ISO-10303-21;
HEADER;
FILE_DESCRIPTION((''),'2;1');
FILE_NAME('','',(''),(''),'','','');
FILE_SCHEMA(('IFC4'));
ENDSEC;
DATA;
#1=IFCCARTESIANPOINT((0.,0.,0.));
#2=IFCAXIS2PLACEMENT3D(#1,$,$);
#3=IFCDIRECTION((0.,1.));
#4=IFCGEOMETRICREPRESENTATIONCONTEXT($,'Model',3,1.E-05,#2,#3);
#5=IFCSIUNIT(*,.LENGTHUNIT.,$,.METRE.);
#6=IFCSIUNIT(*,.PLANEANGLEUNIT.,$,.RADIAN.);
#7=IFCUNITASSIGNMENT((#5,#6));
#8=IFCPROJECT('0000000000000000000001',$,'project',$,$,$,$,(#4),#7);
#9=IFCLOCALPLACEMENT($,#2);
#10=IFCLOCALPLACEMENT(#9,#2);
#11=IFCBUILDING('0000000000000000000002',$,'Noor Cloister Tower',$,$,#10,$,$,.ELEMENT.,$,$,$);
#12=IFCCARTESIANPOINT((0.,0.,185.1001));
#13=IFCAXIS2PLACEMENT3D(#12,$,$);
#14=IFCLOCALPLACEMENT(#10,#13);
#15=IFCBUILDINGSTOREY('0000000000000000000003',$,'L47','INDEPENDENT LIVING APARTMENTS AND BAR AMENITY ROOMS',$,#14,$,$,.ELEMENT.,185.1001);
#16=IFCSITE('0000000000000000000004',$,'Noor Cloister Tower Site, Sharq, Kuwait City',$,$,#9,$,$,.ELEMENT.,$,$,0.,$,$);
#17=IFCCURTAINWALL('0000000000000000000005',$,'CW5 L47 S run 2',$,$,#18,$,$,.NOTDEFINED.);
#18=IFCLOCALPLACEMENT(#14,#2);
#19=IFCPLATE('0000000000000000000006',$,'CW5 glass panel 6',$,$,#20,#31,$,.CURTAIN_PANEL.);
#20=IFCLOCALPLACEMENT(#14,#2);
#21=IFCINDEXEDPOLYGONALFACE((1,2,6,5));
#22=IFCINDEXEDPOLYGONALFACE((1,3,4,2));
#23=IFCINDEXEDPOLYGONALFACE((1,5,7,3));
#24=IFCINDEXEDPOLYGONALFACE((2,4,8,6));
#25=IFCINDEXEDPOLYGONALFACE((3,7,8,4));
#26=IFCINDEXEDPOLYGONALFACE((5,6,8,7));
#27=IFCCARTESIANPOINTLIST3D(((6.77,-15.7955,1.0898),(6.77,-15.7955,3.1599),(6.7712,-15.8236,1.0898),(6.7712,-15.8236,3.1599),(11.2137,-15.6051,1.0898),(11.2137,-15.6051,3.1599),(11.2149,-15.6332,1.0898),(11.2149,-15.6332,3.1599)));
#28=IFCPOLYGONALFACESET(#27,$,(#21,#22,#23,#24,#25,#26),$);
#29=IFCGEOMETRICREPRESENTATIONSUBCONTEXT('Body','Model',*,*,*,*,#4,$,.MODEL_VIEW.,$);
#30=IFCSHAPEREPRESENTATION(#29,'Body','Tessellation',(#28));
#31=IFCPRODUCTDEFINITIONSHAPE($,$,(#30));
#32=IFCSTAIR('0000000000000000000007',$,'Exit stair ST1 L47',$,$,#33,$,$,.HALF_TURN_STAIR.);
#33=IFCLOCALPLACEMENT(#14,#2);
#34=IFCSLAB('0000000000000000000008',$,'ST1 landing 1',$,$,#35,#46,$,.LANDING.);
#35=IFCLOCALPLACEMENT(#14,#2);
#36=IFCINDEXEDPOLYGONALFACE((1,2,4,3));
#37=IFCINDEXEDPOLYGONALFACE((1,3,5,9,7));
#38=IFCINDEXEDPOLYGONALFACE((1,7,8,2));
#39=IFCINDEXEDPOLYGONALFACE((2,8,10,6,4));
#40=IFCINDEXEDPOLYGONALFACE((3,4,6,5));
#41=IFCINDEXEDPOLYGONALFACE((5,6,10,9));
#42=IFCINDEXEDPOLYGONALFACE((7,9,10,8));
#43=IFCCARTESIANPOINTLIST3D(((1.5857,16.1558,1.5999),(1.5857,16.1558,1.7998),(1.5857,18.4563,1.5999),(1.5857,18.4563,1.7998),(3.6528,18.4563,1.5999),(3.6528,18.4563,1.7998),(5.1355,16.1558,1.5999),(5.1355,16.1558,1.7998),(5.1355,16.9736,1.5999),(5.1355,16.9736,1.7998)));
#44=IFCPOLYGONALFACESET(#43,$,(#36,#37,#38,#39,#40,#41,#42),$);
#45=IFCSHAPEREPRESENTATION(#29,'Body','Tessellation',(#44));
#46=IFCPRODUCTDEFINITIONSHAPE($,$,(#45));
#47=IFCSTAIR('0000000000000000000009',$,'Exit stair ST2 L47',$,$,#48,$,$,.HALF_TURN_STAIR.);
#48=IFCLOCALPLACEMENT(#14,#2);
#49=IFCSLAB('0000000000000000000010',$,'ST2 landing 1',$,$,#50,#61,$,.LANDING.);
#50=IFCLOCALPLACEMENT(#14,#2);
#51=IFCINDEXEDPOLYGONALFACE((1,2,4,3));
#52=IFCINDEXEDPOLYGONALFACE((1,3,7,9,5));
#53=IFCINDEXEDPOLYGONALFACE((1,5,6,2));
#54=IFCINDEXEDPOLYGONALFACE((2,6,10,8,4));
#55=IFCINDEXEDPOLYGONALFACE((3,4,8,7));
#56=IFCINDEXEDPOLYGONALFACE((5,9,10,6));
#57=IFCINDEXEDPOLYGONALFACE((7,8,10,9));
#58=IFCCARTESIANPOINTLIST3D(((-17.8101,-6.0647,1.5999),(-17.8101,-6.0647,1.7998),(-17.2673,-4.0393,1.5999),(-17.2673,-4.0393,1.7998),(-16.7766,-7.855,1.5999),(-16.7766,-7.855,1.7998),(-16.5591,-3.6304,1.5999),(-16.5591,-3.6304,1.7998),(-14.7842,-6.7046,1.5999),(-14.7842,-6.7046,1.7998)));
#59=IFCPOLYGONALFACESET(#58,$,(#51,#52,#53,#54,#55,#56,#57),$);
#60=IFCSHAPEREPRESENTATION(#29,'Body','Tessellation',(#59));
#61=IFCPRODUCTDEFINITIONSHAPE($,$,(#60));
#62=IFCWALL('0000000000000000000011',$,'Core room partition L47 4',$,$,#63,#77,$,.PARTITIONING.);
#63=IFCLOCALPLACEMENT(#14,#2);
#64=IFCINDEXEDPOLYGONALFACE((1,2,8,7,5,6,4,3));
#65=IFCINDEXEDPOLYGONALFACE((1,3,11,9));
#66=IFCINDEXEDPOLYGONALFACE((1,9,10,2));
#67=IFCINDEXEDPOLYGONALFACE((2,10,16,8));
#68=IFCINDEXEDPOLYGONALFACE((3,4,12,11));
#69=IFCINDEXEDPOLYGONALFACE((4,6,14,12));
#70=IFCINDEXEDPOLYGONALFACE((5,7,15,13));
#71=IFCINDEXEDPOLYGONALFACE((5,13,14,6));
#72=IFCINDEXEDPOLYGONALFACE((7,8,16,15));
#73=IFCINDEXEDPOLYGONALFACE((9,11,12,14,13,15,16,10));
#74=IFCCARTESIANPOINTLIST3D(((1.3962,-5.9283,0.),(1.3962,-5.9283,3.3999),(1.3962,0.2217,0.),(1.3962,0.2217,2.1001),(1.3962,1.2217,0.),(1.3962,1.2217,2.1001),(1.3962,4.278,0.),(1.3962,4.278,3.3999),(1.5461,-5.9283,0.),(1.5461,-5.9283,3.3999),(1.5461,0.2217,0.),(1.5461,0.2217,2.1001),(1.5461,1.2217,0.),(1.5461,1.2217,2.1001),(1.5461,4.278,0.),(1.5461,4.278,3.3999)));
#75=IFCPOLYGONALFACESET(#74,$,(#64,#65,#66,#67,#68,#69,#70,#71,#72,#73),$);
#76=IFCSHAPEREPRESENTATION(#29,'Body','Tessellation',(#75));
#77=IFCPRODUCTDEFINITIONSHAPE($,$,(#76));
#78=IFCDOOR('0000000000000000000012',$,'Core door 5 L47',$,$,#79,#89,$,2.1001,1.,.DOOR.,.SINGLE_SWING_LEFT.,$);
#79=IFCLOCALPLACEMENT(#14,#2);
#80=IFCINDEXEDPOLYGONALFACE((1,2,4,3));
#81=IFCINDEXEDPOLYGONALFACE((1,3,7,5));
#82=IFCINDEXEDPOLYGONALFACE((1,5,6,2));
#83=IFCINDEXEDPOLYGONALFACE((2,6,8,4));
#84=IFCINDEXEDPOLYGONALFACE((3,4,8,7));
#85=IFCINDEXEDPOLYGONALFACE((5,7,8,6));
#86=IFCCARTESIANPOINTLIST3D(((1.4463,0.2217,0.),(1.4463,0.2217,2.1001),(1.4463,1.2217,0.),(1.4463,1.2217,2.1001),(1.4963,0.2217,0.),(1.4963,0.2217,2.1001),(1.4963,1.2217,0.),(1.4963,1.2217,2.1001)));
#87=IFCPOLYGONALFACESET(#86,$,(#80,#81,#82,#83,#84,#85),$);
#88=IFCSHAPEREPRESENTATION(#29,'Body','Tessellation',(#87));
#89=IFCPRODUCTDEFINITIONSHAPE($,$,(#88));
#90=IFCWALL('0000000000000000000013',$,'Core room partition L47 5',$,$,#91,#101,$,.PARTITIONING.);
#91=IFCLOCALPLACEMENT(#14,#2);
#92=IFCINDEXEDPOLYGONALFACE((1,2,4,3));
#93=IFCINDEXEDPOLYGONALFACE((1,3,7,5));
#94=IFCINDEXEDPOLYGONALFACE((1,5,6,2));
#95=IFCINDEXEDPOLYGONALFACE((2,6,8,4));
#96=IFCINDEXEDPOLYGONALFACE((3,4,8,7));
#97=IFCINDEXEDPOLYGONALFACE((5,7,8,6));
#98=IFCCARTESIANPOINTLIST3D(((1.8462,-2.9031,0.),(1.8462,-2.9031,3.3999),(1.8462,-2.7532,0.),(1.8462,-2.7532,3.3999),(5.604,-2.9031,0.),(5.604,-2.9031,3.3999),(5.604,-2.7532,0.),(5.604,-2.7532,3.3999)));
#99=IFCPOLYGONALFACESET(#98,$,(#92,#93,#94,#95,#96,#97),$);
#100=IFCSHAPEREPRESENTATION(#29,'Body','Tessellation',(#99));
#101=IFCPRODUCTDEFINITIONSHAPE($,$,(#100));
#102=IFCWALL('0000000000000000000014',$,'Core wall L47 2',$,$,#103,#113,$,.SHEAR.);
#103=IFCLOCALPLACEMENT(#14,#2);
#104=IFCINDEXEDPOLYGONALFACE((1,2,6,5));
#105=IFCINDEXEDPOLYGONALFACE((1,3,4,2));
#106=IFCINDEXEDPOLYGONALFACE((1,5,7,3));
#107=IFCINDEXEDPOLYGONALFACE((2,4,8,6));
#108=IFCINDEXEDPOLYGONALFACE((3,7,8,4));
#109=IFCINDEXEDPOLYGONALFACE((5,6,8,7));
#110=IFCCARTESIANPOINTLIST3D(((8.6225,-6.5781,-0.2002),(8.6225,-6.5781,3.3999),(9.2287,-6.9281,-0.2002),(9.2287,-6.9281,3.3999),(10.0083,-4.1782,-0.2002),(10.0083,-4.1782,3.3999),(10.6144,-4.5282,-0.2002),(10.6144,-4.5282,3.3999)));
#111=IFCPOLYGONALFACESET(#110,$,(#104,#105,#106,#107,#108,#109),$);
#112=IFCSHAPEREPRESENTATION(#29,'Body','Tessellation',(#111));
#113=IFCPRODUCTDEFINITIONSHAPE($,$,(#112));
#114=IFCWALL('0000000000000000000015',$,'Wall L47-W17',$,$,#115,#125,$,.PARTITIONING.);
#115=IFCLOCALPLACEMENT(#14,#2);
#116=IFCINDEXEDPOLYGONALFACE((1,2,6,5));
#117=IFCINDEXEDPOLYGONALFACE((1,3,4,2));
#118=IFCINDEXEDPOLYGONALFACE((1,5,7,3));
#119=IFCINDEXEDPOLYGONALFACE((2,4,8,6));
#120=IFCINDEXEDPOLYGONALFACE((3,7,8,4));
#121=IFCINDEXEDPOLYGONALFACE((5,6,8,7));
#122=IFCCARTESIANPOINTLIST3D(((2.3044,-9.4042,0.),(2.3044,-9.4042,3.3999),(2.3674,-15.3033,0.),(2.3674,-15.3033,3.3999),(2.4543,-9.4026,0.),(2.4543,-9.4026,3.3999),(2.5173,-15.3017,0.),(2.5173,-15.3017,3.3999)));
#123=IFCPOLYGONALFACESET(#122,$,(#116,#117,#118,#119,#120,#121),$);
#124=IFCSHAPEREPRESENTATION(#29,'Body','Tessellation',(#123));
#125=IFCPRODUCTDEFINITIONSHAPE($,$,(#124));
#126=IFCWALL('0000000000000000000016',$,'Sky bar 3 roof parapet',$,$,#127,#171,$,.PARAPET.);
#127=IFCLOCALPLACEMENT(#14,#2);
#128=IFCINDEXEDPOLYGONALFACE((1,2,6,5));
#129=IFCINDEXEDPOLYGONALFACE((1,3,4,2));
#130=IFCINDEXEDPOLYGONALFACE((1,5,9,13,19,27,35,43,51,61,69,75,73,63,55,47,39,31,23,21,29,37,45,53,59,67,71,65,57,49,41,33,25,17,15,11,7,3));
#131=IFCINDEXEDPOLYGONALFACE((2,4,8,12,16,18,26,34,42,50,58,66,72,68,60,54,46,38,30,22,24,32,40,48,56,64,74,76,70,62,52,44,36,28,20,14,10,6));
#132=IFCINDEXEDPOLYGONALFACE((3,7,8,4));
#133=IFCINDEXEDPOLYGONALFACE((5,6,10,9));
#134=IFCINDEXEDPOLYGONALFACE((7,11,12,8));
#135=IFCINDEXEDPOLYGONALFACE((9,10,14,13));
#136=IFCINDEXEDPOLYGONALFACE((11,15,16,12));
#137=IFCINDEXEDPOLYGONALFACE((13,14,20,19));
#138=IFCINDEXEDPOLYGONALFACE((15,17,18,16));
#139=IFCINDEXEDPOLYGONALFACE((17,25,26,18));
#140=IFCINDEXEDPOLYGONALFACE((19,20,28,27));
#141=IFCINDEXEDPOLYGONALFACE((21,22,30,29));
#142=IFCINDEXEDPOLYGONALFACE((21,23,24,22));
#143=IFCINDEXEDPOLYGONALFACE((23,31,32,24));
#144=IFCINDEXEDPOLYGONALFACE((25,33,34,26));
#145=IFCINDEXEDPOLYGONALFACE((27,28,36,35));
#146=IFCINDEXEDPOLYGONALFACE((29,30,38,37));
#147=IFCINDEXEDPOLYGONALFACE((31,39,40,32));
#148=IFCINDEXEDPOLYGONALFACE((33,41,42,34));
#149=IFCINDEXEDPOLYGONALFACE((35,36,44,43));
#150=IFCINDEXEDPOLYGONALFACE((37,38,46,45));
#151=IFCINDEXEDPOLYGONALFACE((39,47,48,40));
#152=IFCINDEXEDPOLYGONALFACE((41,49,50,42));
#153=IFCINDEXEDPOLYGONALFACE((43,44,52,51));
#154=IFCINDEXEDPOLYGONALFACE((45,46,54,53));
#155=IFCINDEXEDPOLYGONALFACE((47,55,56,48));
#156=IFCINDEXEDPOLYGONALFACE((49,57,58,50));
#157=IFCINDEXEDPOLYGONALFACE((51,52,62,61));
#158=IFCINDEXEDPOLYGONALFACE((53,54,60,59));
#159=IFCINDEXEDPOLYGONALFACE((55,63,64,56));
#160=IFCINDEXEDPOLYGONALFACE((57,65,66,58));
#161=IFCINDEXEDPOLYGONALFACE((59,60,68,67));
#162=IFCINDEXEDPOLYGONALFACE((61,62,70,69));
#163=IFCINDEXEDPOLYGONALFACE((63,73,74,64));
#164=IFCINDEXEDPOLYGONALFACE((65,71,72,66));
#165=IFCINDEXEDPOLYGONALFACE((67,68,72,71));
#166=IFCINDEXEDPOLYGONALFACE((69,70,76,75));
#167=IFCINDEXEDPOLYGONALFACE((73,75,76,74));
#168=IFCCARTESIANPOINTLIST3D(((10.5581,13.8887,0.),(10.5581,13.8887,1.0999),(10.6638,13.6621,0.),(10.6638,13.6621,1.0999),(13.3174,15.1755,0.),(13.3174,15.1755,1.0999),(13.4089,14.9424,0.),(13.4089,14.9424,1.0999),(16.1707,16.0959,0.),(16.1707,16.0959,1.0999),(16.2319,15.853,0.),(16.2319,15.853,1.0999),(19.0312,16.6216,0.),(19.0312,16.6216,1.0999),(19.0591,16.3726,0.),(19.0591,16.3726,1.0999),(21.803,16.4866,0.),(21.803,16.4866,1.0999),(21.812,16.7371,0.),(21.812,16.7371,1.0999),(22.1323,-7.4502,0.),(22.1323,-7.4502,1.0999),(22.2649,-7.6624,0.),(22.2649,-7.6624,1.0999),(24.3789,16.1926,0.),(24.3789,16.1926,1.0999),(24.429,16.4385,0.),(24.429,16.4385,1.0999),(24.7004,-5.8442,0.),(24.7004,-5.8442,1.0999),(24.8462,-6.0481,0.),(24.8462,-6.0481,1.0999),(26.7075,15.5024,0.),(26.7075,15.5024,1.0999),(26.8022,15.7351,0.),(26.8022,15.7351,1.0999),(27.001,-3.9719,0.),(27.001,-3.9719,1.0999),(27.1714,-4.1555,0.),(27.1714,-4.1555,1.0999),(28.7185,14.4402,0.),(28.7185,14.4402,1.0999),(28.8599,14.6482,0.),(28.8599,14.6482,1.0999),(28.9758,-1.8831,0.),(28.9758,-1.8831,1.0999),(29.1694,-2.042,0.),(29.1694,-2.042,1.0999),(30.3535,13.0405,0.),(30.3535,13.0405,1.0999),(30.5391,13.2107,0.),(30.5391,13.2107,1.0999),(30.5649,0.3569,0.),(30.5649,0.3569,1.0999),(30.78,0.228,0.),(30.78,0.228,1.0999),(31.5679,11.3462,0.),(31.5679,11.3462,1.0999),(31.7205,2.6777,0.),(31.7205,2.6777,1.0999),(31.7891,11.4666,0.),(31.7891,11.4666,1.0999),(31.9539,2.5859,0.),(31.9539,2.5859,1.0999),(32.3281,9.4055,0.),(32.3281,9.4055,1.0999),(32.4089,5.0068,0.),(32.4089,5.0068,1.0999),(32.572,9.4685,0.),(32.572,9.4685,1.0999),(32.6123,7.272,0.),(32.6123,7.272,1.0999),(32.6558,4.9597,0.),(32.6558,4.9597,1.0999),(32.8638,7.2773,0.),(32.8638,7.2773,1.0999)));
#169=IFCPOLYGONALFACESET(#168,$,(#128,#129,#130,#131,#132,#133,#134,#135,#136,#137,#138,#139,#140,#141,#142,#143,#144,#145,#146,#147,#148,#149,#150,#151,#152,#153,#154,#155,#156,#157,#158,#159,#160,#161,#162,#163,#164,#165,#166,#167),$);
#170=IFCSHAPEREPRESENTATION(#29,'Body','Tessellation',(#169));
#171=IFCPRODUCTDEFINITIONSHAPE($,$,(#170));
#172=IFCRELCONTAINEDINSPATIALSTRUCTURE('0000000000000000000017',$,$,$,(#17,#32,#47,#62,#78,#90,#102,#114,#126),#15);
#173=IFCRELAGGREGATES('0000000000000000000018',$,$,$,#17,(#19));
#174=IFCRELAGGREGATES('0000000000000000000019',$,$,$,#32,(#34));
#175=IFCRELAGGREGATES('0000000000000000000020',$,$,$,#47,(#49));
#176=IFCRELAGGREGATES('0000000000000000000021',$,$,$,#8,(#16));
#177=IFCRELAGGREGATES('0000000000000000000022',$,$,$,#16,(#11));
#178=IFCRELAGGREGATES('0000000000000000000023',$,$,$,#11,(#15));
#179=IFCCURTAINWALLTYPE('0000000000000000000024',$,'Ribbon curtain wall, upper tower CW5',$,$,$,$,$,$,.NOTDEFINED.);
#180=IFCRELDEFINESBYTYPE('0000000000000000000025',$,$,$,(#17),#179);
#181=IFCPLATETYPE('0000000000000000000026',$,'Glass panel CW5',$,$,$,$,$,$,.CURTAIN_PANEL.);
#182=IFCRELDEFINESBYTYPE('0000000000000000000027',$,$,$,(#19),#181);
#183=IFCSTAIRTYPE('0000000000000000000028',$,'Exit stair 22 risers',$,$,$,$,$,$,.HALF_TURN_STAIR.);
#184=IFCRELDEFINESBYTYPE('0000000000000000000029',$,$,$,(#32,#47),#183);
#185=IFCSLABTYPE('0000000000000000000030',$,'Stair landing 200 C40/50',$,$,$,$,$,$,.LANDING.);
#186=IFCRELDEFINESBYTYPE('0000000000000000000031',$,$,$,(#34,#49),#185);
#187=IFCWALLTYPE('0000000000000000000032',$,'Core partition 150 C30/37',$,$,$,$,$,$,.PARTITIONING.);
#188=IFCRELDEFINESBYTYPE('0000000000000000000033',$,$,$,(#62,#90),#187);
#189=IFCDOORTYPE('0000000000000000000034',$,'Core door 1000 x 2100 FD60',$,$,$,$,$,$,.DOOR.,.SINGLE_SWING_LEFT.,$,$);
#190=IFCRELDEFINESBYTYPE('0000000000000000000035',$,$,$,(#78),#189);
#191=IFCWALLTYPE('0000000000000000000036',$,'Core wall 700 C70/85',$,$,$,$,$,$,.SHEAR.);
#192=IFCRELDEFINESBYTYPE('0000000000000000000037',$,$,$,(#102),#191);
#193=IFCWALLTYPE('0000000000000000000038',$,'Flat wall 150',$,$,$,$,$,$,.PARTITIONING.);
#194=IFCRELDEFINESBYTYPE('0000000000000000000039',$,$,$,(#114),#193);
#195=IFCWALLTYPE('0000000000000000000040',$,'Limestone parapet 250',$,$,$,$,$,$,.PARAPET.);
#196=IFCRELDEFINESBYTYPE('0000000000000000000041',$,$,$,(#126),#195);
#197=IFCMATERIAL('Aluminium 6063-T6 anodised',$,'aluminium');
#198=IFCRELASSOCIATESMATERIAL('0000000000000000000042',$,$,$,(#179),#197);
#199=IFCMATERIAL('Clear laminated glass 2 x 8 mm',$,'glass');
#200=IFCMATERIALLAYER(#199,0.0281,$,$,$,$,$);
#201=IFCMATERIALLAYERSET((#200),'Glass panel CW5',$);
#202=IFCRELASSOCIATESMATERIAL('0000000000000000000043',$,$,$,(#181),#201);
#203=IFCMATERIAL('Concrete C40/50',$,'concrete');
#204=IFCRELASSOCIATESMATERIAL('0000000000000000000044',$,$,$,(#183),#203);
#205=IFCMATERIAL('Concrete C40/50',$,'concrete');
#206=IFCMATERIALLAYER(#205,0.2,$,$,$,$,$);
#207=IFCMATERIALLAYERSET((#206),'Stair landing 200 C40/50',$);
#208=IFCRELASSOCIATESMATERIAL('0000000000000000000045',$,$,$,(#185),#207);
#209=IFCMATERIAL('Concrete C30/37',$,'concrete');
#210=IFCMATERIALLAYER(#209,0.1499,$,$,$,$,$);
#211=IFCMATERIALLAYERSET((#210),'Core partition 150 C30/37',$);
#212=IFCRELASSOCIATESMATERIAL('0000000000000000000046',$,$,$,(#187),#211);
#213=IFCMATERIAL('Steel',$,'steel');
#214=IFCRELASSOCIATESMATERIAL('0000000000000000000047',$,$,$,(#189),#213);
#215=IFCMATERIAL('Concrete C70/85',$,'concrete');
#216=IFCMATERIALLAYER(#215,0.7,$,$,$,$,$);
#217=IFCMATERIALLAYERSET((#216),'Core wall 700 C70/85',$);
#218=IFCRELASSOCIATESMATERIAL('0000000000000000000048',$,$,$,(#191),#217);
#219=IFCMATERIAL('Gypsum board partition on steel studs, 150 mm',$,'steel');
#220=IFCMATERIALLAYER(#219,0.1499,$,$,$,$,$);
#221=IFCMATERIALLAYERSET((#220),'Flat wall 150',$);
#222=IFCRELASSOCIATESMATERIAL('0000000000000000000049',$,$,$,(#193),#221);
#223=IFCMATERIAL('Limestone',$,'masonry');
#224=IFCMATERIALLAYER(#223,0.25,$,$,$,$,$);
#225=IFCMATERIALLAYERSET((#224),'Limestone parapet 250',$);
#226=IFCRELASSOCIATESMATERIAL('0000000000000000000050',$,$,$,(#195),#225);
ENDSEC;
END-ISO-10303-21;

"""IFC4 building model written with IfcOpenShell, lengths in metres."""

from ifc_helpers import new_model, si_unit, direction, frame, frame_2d, origin, origin_2d, place, context, subcontext, project, spatial, polyline, rectangle, outline, extrude, material, layer, layer_set, type_object, element, fill, aggregate, save


model = new_model("IFC4")

# Units and contexts
model_context = context("Model", 3, precision=1e-05, world=origin(), true_north=direction((0.0, 1.0)))
body_context = subcontext(model_context, "Body", "Model", "MODEL_VIEW")
ifc_project = project(units=[si_unit("LENGTHUNIT", "METRE"), si_unit("PLANEANGLEUNIT", "RADIAN")], contexts=[model_context])

# Site, building, storey
site_placement = place(None, origin())
site = spatial("IfcSite", under=ifc_project, at=site_placement, Name="Noor Cloister Tower Site, Sharq, Kuwait City", CompositionType="ELEMENT", RefElevation=0.0)
building_placement = place(site_placement, origin())
building = spatial("IfcBuilding", under=site, at=building_placement, Name="Noor Cloister Tower", CompositionType="ELEMENT")
storey_placement = place(building_placement, frame((0.0, 0.0, 185.1001)))
storey = spatial("IfcBuildingStorey", under=building, at=storey_placement, Name="L47", Description="INDEPENDENT LIVING APARTMENTS AND BAR AMENITY ROOMS", CompositionType="ELEMENT", Elevation=185.1001)

# Curtain wall
ifc_material_1 = material(Name="Aluminium 6063-T6 anodised", Category="aluminium")
curtain_wall_type = type_object("IfcCurtainWallType", Name="Ribbon curtain wall, upper tower CW5", PredefinedType="NOTDEFINED", material=ifc_material_1)
curtain_wall_placement = place(storey_placement, origin())
curtain_wall = element("IfcCurtainWall", 1, at=curtain_wall_placement, inside=storey, type_object=curtain_wall_type, Name="CW5 L47 S run 2", PredefinedType="NOTDEFINED")

# Plate
ifc_material_2 = material(Name="Clear laminated glass 2 x 8 mm", Category="glass")
ifc_layer_1 = layer(ifc_material_2, 0.0281)
ifc_layer_set_1 = layer_set([ifc_layer_1], Name="Glass panel CW5")
plate_type = type_object("IfcPlateType", Name="Glass panel CW5", PredefinedType="CURTAIN_PANEL", material=ifc_layer_set_1)
plate_1_placement = place(storey_placement, frame((8.9924, -15.7144, 1.0898), z_axis=(0.0, 0.0, 1.0), x_axis=(0.999084, 0.042803, 0.0)))
plate_1 = element("IfcPlate", 2, at=plate_1_placement, type_object=plate_type, Name="CW5 glass panel 6", PredefinedType="CURTAIN_PANEL", context=body_context, shape_type="SweptSolid", body=[
    extrude(rectangle(XDim=4.4478, YDim=0.0281, at=origin_2d()), origin(), (0.0, 0.0, 1.0), 2.0701),
])
aggregate(curtain_wall, [plate_1])

# Stairs, slabs
ifc_material_3 = material(Name="Concrete C40/50", Category="concrete")
stair_type = type_object("IfcStairType", Name="Exit stair 22 risers", PredefinedType="HALF_TURN_STAIR", material=ifc_material_3)
stair_1_placement = place(storey_placement, origin())
stair_1 = element("IfcStair", 3, at=stair_1_placement, inside=storey, type_object=stair_type, Name="Exit stair ST1 L47", PredefinedType="HALF_TURN_STAIR")
ifc_material_4 = material(Name="Concrete C40/50", Category="concrete")
ifc_layer_2 = layer(ifc_material_4, 0.2)
ifc_layer_set_2 = layer_set([ifc_layer_2], Name="Stair landing 200 C40/50")
slab_type_1 = type_object("IfcSlabType", Name="Stair landing 200 C40/50", PredefinedType="LANDING", material=ifc_layer_set_2)
slab_1_placement = place(storey_placement, frame((0.0, 0.0, 1.5999)))
slab_1 = element("IfcSlab", 4, at=slab_1_placement, type_object=slab_type_1, Name="ST1 landing 1", PredefinedType="LANDING", context=body_context, shape_type="SweptSolid", body=[
    extrude(outline(polyline([(5.1355, 16.1558), (5.1355, 16.9736), (3.6528, 18.4563), (1.5857, 18.4563), (1.5857, 16.1558), (5.1355, 16.1558)])), origin(), (0.0, 0.0, 1.0), 0.2),
])
aggregate(stair_1, [slab_1])
stair_2_placement = place(storey_placement, origin())
stair_2 = element("IfcStair", 5, at=stair_2_placement, inside=storey, type_object=stair_type, Name="Exit stair ST2 L47", PredefinedType="HALF_TURN_STAIR")
slab_2_placement = place(storey_placement, frame((0.0, 0.0, 1.5999)))
slab_2 = element("IfcSlab", 6, at=slab_2_placement, type_object=slab_type_1, Name="ST2 landing 1", PredefinedType="LANDING", context=body_context, shape_type="SweptSolid", body=[
    extrude(outline(polyline([(-16.5591, -3.6304), (-17.2673, -4.0393), (-17.8101, -6.0647), (-16.7766, -7.855), (-14.7842, -6.7046), (-16.5591, -3.6304)])), origin(), (0.0, 0.0, 1.0), 0.2),
])
aggregate(stair_2, [slab_2])

# Wall, opening, door
ifc_material_5 = material(Name="Concrete C30/37", Category="concrete")
ifc_layer_3 = layer(ifc_material_5, 0.1499)
ifc_layer_set_3 = layer_set([ifc_layer_3], Name="Core partition 150 C30/37")
wall_type_1 = type_object("IfcWallType", Name="Core partition 150 C30/37", PredefinedType="PARTITIONING", material=ifc_layer_set_3)
wall_1_placement = place(storey_placement, frame((1.4712, -5.9282, 0.0), z_axis=(0.0, 0.0, 1.0), x_axis=(0.0, 1.0, 0.0)))
wall_1 = element("IfcWall", 7, at=wall_1_placement, inside=storey, type_object=wall_type_1, Name="Core room partition L47 4", PredefinedType="PARTITIONING", context=body_context, shape_type="SweptSolid", body=[
    extrude(rectangle(XDim=10.2063, YDim=0.1499, at=frame_2d((5.103, 0.0))), origin(), (0.0, 0.0, 1.0), 3.3999),
])
opening_1_placement = place(wall_1_placement, frame((6.1499, 0.0, 0.0)))
opening_1 = element("IfcOpeningElement", 8, at=opening_1_placement, cuts=wall_1, PredefinedType="OPENING", context=body_context, shape_type="SweptSolid", body=[
    extrude(rectangle(XDim=1.0, YDim=2.1001, at=frame_2d((0.5, 1.05))), frame((0.0, 0.085, 0.0), z_axis=(0.0, -1.0, 0.0), x_axis=(1.0, 0.0, 0.0)), (0.0, 0.0, 1.0), 0.1699),
])
ifc_material_6 = material(Name="Steel", Category="steel")
door_type_1 = type_object("IfcDoorType", Name="Core door 1000 x 2100 FD60", OperationType="SINGLE_SWING_LEFT", PredefinedType="DOOR", material=ifc_material_6)
door_1_placement = place(opening_1_placement, origin())
door_1 = element("IfcDoor", 9, at=door_1_placement, inside=storey, type_object=door_type_1, Name="Core door 5 L47", OperationType="SINGLE_SWING_LEFT", OverallHeight=2.1001, OverallWidth=1.0, PredefinedType="DOOR", context=body_context, shape_type="SweptSolid", body=[
    extrude(rectangle(XDim=1.0, YDim=2.1001, at=frame_2d((0.5, 1.05))), frame((0.0, 0.0249, 0.0), z_axis=(0.0, -1.0, 0.0), x_axis=(1.0, 0.0, 0.0)), (0.0, 0.0, 1.0), 0.05),
])
fill(opening_1, door_1)

# Walls
wall_2_placement = place(storey_placement, frame((1.8462, -2.8281, 0.0), z_axis=(0.0, 0.0, 1.0), x_axis=(1.0, 0.0, 0.0)))
element("IfcWall", 10, at=wall_2_placement, inside=storey, type_object=wall_type_1, Name="Core room partition L47 5", PredefinedType="PARTITIONING", context=body_context, shape_type="SweptSolid", body=[
    extrude(rectangle(XDim=3.7578, YDim=0.1499, at=frame_2d((1.8789, 0.0))), origin(), (0.0, 0.0, 1.0), 3.3999),
])
ifc_material_7 = material(Name="Concrete C70/85", Category="concrete")
ifc_layer_4 = layer(ifc_material_7, 0.7)
ifc_layer_set_4 = layer_set([ifc_layer_4], Name="Core wall 700 C70/85")
wall_type_2 = type_object("IfcWallType", Name="Core wall 700 C70/85", PredefinedType="SHEAR", material=ifc_layer_set_4)
wall_3_placement = place(storey_placement, frame((8.9255, -6.7532, -0.2002), z_axis=(0.0, 0.0, 1.0), x_axis=(0.500043, 0.866001, 0.0)))
element("IfcWall", 11, at=wall_3_placement, inside=storey, type_object=wall_type_2, Name="Core wall L47 2", PredefinedType="SHEAR", context=body_context, shape_type="SweptSolid", body=[
    extrude(rectangle(XDim=2.7712, YDim=0.7, at=frame_2d((1.3857, 0.0))), origin(), (0.0, 0.0, 1.0), 3.6001),
])
ifc_material_8 = material(Name="Gypsum board partition on steel studs, 150 mm", Category="steel")
ifc_layer_5 = layer(ifc_material_8, 0.1499)
ifc_layer_set_5 = layer_set([ifc_layer_5], Name="Flat wall 150")
wall_type_3 = type_object("IfcWallType", Name="Flat wall 150", PredefinedType="PARTITIONING", material=ifc_layer_set_5)
wall_4_placement = place(storey_placement, frame((2.4424, -15.3025, 0.0), z_axis=(0.0, 0.0, 1.0), x_axis=(-0.010677, 0.999943, 0.0)))
element("IfcWall", 12, at=wall_4_placement, inside=storey, type_object=wall_type_3, Name="Wall L47-W17", PredefinedType="PARTITIONING", context=body_context, shape_type="SweptSolid", body=[
    extrude(rectangle(XDim=5.8994, YDim=0.1499, at=frame_2d((2.9497, 0.0))), origin(), (0.0, 0.0, 1.0), 3.3999),
])
ifc_material_9 = material(Name="Limestone", Category="masonry")
ifc_layer_6 = layer(ifc_material_9, 0.25)
ifc_layer_set_6 = layer_set([ifc_layer_6], Name="Limestone parapet 250")
wall_type_4 = type_object("IfcWallType", Name="Limestone parapet 250", PredefinedType="PARAPET", material=ifc_layer_set_6)
wall_5_placement = place(storey_placement, origin())
element("IfcWall", 13, at=wall_5_placement, inside=storey, type_object=wall_type_4, Name="Sky bar 3 roof parapet", PredefinedType="PARAPET", context=body_context, shape_type="SweptSolid", body=[
    extrude(outline(polyline([(22.2649, -7.6624), (24.8462, -6.0481), (27.1714, -4.1555), (29.1694, -2.042), (30.78, 0.228), (31.9539, 2.5859), (32.6558, 4.9597), (32.8638, 7.2773), (32.572, 9.4685), (31.7891, 11.4666), (30.5391, 13.2107), (28.8599, 14.6482), (26.8022, 15.7351), (24.429, 16.4385), (21.812, 16.7371), (19.0312, 16.6216), (16.1707, 16.0959), (13.3174, 15.1755), (10.5581, 13.8887), (10.6638, 13.6621), (13.4089, 14.9424), (16.2319, 15.853), (19.0591, 16.3726), (21.803, 16.4866), (24.3789, 16.1926), (26.7075, 15.5024), (28.7185, 14.4402), (30.3535, 13.0405), (31.5679, 11.3462), (32.3281, 9.4055), (32.6123, 7.272), (32.4089, 5.0068), (31.7205, 2.6777), (30.5649, 0.3569), (28.9758, -1.8831), (27.001, -3.9719), (24.7004, -5.8442), (22.1323, -7.4502), (22.2649, -7.6624)])), origin(), (0.0, 0.0, 1.0), 1.0999),
])

save(model, "model.ifc")
